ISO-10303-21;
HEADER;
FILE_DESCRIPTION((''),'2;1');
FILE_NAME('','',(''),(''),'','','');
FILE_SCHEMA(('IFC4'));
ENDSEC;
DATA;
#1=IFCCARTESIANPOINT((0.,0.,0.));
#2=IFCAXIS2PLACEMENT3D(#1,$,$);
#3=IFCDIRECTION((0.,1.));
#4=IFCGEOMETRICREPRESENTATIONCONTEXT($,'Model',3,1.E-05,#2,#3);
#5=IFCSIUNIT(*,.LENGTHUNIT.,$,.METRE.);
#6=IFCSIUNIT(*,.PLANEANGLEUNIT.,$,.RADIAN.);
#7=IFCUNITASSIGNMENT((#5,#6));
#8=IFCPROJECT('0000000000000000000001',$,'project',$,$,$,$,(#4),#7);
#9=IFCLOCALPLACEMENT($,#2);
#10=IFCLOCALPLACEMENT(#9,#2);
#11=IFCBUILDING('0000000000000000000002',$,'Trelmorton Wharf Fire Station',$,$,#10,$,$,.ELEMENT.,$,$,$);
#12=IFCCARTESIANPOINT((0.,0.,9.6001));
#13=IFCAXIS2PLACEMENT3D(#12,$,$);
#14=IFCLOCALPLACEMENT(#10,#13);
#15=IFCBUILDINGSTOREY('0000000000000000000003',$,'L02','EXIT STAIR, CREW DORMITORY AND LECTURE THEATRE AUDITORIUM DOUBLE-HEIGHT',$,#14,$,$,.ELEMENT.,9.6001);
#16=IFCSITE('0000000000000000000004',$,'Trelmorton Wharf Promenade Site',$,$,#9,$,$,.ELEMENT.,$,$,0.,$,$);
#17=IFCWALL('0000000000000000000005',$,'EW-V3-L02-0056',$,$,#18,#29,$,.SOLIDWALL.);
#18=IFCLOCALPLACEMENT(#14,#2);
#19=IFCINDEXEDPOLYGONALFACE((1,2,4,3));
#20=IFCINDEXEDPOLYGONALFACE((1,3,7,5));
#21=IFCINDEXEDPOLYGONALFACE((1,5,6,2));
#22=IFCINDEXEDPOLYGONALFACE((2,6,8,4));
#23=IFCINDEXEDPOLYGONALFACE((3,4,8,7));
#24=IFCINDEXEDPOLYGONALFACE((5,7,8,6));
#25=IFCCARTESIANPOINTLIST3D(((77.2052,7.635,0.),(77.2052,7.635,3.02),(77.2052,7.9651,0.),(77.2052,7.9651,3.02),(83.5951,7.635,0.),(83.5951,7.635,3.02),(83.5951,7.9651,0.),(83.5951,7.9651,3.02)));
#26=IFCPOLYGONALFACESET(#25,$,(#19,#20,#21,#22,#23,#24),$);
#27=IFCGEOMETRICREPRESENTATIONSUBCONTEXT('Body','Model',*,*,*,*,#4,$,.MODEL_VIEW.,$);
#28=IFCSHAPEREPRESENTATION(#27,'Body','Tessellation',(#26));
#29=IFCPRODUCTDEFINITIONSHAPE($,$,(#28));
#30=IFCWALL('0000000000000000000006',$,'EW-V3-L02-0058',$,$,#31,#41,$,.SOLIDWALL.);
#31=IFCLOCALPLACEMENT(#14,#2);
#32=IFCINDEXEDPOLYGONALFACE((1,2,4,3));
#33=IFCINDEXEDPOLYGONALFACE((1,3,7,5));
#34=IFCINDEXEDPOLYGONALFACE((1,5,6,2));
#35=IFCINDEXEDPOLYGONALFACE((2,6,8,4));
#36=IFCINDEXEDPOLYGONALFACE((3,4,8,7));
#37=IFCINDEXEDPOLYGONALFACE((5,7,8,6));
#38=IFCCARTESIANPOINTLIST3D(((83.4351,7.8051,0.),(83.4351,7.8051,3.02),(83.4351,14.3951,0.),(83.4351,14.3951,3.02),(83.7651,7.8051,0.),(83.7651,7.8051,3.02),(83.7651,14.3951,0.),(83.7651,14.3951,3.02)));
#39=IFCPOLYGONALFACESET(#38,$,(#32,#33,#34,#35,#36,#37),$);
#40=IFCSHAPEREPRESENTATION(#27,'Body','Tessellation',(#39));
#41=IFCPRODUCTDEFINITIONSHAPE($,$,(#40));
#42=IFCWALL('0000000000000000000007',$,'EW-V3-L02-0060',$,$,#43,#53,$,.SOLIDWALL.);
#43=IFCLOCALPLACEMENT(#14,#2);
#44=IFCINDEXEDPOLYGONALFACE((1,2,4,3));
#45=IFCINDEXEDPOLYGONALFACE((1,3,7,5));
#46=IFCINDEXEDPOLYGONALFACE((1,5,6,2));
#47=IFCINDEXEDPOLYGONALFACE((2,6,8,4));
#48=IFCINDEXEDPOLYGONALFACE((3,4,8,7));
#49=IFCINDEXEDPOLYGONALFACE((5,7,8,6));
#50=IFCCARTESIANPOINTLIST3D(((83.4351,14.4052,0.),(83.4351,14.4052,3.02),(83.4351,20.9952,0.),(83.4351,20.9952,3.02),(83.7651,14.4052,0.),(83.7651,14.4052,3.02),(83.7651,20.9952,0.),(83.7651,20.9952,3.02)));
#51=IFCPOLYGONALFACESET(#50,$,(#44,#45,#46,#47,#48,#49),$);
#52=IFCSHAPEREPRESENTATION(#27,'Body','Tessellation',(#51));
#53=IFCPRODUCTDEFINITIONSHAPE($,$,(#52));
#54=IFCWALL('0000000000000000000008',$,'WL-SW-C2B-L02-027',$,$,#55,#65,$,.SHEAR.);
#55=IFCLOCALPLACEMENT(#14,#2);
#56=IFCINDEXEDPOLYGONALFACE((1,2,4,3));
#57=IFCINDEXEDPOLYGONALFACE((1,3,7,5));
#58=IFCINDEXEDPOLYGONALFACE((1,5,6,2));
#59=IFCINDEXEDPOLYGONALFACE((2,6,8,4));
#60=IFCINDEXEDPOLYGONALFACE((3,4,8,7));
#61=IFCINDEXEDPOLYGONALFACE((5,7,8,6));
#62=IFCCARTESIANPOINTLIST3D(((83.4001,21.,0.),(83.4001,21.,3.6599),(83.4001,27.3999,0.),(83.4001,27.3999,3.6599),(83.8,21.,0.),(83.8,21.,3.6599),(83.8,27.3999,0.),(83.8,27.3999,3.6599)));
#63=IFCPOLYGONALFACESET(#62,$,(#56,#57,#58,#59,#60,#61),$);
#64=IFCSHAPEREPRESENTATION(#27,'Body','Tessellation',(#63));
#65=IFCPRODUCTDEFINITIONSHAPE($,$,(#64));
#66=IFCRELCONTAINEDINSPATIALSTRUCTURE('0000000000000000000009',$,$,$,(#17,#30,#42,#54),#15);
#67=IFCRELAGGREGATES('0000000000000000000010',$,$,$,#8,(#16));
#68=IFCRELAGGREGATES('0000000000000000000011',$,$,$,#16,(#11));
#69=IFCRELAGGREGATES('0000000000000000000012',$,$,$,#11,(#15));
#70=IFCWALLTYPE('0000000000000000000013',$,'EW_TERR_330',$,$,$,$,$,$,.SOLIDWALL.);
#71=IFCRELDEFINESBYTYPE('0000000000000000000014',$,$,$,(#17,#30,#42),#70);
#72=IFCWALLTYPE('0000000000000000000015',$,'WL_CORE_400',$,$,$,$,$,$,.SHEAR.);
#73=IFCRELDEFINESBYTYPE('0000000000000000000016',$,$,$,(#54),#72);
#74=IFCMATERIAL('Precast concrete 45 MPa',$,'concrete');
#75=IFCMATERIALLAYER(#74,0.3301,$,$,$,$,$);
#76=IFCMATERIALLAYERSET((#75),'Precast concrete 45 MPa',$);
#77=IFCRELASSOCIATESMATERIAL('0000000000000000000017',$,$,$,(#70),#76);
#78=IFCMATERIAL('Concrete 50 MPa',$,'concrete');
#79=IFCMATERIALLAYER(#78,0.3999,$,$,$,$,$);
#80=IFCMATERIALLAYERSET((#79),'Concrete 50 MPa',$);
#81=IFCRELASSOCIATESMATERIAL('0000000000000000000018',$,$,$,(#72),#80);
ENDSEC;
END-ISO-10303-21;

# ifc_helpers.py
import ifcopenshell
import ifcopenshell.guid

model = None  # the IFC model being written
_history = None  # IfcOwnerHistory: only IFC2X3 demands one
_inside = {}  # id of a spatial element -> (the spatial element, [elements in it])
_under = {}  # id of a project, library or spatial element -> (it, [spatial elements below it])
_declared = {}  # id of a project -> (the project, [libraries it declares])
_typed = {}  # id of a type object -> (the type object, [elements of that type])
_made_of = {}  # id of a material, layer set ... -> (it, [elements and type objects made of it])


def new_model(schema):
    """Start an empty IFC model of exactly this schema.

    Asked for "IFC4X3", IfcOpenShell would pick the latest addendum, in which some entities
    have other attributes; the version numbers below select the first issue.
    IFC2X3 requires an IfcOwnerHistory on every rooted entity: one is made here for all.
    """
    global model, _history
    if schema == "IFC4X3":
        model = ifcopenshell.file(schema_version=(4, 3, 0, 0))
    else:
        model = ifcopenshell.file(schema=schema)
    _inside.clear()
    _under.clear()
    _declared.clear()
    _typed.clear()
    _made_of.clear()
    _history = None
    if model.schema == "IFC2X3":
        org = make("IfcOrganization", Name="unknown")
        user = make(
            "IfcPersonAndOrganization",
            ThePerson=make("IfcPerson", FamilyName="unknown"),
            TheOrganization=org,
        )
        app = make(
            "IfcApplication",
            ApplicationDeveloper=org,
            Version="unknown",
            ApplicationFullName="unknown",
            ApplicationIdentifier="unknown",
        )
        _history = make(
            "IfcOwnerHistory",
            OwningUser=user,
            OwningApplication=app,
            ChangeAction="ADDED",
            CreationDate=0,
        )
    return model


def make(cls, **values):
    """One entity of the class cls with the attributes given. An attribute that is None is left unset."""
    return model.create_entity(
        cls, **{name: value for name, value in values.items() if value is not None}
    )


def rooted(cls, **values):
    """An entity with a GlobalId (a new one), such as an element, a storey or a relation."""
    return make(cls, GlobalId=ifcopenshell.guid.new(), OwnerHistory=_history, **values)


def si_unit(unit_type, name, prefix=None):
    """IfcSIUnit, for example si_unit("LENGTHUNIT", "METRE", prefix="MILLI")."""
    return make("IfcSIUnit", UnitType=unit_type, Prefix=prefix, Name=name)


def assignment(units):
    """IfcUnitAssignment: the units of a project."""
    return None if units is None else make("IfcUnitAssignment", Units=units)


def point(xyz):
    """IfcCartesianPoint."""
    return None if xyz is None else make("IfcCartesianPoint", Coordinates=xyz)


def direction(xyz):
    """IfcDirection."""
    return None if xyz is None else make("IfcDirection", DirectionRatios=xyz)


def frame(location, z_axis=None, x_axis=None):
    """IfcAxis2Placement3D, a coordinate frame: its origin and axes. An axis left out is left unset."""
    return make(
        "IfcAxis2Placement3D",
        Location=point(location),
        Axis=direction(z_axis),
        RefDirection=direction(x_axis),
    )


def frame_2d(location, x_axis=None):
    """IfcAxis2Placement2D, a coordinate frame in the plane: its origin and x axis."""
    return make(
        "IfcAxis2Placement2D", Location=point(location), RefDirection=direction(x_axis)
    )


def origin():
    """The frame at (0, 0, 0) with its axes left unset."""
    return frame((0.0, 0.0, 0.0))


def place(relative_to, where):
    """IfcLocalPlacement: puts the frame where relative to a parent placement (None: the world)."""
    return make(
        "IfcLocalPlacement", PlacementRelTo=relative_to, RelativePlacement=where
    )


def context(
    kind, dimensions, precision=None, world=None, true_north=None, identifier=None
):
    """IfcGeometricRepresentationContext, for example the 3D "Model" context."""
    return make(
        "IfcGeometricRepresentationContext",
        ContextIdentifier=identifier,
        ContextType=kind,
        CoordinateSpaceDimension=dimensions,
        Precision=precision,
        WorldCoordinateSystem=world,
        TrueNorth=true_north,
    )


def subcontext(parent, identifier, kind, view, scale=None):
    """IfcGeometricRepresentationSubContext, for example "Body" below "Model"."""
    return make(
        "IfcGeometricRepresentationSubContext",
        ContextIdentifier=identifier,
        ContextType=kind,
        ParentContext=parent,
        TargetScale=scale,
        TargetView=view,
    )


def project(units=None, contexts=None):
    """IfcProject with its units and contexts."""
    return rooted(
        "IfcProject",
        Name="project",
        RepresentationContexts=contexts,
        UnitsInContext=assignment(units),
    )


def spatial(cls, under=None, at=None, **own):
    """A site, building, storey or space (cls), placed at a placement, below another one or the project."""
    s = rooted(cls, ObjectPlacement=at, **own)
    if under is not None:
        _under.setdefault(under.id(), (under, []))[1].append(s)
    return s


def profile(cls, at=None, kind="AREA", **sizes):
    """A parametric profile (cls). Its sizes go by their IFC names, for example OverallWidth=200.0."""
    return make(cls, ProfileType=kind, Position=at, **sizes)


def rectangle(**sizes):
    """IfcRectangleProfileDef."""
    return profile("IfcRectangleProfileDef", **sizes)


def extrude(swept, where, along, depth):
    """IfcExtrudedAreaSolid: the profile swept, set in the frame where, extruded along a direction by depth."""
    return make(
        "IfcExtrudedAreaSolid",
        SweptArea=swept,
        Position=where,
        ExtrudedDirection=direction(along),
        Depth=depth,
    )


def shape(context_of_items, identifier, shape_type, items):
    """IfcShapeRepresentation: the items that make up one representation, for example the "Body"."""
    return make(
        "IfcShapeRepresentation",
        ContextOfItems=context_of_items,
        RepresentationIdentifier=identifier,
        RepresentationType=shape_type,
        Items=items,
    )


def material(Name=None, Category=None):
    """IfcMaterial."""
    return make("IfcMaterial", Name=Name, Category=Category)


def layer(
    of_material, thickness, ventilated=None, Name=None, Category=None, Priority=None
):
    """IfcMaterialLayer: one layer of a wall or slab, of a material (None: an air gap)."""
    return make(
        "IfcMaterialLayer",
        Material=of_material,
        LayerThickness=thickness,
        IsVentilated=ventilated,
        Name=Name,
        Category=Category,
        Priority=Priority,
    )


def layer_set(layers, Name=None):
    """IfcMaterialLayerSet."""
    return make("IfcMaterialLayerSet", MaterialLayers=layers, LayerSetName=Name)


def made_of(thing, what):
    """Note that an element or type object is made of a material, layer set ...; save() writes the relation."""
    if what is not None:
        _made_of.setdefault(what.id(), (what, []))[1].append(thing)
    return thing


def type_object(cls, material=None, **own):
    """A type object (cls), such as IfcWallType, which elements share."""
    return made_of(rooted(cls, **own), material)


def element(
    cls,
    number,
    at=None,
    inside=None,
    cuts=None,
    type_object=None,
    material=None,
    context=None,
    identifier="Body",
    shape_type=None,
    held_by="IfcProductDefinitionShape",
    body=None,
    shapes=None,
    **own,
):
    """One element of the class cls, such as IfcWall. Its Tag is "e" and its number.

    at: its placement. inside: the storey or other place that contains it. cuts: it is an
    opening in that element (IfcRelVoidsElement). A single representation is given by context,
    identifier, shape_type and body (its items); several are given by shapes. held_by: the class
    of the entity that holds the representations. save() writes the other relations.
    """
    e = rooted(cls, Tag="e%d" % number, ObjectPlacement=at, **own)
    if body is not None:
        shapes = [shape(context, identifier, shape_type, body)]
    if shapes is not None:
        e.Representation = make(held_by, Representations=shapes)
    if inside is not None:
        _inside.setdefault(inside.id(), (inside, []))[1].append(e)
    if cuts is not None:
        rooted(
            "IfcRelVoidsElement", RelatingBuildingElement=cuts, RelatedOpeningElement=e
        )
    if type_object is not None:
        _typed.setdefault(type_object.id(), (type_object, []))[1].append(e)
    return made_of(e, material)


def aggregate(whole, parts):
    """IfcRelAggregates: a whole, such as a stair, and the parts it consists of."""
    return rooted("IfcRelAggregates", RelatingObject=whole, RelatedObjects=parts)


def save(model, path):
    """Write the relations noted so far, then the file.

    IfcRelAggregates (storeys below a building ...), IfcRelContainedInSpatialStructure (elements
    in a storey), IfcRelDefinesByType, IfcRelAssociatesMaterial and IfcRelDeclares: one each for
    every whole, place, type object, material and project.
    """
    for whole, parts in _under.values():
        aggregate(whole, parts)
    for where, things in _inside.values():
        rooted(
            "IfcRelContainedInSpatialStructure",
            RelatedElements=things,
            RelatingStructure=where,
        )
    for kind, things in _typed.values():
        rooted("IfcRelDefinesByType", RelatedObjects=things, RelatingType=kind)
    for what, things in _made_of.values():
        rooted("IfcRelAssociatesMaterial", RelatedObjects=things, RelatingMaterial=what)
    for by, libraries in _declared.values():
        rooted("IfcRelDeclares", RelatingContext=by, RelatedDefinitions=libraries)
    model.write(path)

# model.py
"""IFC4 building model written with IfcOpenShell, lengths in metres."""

from ifc_helpers import new_model, si_unit, direction, frame, frame_2d, origin, place, context, subcontext, project, spatial, rectangle, extrude, material, layer, layer_set, type_object, element, save


model = new_model("IFC4")

# Units and contexts
model_context = context("Model", 3, precision=1e-05, world=origin(), true_north=direction((0.0, 1.0)))
body_context = subcontext(model_context, "Body", "Model", "MODEL_VIEW")
ifc_project = project(units=[si_unit("LENGTHUNIT", "METRE"), si_unit("PLANEANGLEUNIT", "RADIAN")], contexts=[model_context])

# Site, building, storey
site_placement = place(None, origin())
site = spatial("IfcSite", under=ifc_project, at=site_placement, Name="Trelmorton Wharf Promenade Site", CompositionType="ELEMENT", RefElevation=0.0)
building_placement = place(site_placement, origin())
building = spatial("IfcBuilding", under=site, at=building_placement, Name="Trelmorton Wharf Fire Station", CompositionType="ELEMENT")
storey_placement = place(building_placement, frame((0.0, 0.0, 9.6001)))
storey = spatial("IfcBuildingStorey", under=building, at=storey_placement, Name="L02", Description="EXIT STAIR, CREW DORMITORY AND LECTURE THEATRE AUDITORIUM DOUBLE-HEIGHT", CompositionType="ELEMENT", Elevation=9.6001)

# Walls
ifc_material_1 = material(Name="Precast concrete 45 MPa", Category="concrete")
ifc_layer_1 = layer(ifc_material_1, 0.3301)
ifc_layer_set_1 = layer_set([ifc_layer_1], Name="Precast concrete 45 MPa")
wall_type_1 = type_object("IfcWallType", Name="EW_TERR_330", PredefinedType="SOLIDWALL", material=ifc_layer_set_1)
wall_1_placement = place(storey_placement, frame((83.595, 7.8, 0.0), z_axis=(0.0, 0.0, 1.0), x_axis=(-1.0, 0.0, 0.0)))
element("IfcWall", 1, at=wall_1_placement, inside=storey, type_object=wall_type_1, Name="EW-V3-L02-0056", PredefinedType="SOLIDWALL", context=body_context, shape_type="SweptSolid", body=[
    extrude(rectangle(XDim=6.3899, YDim=0.3301, at=frame_2d((3.1948, 0.0))), origin(), (0.0, 0.0, 1.0), 3.02),
])
for number, where, z_axis, x_axis, name in (
    (2, (83.6001, 14.395, 0.0), (0.0, 0.0, 1.0), (0.0, -1.0, 0.0), "EW-V3-L02-0058"),
    (3, (83.6001, 20.9951, 0.0), (0.0, 0.0, 1.0), (0.0, -1.0, 0.0), "EW-V3-L02-0060"),
):
    element("IfcWall", number, at=place(storey_placement, frame(where, z_axis=z_axis, x_axis=x_axis)), inside=storey, type_object=wall_type_1, Name=name, PredefinedType="SOLIDWALL", context=body_context, shape_type="SweptSolid", body=[
        extrude(rectangle(XDim=6.5901, YDim=0.3301, at=frame_2d((3.2949, 0.0))), origin(), (0.0, 0.0, 1.0), 3.02),
    ])
ifc_material_2 = material(Name="Concrete 50 MPa", Category="concrete")
ifc_layer_2 = layer(ifc_material_2, 0.3999)
ifc_layer_set_2 = layer_set([ifc_layer_2], Name="Concrete 50 MPa")
wall_type_2 = type_object("IfcWallType", Name="WL_CORE_400", PredefinedType="SHEAR", material=ifc_layer_set_2)
wall_2_placement = place(storey_placement, frame((83.6001, 21.0, 0.0), z_axis=(0.0, 0.0, 1.0), x_axis=(0.0, 1.0, 0.0)))
element("IfcWall", 4, at=wall_2_placement, inside=storey, type_object=wall_type_2, Name="WL-SW-C2B-L02-027", PredefinedType="SHEAR", context=body_context, shape_type="SweptSolid", body=[
    extrude(rectangle(XDim=6.3999, YDim=0.3999, at=frame_2d((3.2, 0.0))), origin(), (0.0, 0.0, 1.0), 3.6599),
])

save(model, "model.ifc")
